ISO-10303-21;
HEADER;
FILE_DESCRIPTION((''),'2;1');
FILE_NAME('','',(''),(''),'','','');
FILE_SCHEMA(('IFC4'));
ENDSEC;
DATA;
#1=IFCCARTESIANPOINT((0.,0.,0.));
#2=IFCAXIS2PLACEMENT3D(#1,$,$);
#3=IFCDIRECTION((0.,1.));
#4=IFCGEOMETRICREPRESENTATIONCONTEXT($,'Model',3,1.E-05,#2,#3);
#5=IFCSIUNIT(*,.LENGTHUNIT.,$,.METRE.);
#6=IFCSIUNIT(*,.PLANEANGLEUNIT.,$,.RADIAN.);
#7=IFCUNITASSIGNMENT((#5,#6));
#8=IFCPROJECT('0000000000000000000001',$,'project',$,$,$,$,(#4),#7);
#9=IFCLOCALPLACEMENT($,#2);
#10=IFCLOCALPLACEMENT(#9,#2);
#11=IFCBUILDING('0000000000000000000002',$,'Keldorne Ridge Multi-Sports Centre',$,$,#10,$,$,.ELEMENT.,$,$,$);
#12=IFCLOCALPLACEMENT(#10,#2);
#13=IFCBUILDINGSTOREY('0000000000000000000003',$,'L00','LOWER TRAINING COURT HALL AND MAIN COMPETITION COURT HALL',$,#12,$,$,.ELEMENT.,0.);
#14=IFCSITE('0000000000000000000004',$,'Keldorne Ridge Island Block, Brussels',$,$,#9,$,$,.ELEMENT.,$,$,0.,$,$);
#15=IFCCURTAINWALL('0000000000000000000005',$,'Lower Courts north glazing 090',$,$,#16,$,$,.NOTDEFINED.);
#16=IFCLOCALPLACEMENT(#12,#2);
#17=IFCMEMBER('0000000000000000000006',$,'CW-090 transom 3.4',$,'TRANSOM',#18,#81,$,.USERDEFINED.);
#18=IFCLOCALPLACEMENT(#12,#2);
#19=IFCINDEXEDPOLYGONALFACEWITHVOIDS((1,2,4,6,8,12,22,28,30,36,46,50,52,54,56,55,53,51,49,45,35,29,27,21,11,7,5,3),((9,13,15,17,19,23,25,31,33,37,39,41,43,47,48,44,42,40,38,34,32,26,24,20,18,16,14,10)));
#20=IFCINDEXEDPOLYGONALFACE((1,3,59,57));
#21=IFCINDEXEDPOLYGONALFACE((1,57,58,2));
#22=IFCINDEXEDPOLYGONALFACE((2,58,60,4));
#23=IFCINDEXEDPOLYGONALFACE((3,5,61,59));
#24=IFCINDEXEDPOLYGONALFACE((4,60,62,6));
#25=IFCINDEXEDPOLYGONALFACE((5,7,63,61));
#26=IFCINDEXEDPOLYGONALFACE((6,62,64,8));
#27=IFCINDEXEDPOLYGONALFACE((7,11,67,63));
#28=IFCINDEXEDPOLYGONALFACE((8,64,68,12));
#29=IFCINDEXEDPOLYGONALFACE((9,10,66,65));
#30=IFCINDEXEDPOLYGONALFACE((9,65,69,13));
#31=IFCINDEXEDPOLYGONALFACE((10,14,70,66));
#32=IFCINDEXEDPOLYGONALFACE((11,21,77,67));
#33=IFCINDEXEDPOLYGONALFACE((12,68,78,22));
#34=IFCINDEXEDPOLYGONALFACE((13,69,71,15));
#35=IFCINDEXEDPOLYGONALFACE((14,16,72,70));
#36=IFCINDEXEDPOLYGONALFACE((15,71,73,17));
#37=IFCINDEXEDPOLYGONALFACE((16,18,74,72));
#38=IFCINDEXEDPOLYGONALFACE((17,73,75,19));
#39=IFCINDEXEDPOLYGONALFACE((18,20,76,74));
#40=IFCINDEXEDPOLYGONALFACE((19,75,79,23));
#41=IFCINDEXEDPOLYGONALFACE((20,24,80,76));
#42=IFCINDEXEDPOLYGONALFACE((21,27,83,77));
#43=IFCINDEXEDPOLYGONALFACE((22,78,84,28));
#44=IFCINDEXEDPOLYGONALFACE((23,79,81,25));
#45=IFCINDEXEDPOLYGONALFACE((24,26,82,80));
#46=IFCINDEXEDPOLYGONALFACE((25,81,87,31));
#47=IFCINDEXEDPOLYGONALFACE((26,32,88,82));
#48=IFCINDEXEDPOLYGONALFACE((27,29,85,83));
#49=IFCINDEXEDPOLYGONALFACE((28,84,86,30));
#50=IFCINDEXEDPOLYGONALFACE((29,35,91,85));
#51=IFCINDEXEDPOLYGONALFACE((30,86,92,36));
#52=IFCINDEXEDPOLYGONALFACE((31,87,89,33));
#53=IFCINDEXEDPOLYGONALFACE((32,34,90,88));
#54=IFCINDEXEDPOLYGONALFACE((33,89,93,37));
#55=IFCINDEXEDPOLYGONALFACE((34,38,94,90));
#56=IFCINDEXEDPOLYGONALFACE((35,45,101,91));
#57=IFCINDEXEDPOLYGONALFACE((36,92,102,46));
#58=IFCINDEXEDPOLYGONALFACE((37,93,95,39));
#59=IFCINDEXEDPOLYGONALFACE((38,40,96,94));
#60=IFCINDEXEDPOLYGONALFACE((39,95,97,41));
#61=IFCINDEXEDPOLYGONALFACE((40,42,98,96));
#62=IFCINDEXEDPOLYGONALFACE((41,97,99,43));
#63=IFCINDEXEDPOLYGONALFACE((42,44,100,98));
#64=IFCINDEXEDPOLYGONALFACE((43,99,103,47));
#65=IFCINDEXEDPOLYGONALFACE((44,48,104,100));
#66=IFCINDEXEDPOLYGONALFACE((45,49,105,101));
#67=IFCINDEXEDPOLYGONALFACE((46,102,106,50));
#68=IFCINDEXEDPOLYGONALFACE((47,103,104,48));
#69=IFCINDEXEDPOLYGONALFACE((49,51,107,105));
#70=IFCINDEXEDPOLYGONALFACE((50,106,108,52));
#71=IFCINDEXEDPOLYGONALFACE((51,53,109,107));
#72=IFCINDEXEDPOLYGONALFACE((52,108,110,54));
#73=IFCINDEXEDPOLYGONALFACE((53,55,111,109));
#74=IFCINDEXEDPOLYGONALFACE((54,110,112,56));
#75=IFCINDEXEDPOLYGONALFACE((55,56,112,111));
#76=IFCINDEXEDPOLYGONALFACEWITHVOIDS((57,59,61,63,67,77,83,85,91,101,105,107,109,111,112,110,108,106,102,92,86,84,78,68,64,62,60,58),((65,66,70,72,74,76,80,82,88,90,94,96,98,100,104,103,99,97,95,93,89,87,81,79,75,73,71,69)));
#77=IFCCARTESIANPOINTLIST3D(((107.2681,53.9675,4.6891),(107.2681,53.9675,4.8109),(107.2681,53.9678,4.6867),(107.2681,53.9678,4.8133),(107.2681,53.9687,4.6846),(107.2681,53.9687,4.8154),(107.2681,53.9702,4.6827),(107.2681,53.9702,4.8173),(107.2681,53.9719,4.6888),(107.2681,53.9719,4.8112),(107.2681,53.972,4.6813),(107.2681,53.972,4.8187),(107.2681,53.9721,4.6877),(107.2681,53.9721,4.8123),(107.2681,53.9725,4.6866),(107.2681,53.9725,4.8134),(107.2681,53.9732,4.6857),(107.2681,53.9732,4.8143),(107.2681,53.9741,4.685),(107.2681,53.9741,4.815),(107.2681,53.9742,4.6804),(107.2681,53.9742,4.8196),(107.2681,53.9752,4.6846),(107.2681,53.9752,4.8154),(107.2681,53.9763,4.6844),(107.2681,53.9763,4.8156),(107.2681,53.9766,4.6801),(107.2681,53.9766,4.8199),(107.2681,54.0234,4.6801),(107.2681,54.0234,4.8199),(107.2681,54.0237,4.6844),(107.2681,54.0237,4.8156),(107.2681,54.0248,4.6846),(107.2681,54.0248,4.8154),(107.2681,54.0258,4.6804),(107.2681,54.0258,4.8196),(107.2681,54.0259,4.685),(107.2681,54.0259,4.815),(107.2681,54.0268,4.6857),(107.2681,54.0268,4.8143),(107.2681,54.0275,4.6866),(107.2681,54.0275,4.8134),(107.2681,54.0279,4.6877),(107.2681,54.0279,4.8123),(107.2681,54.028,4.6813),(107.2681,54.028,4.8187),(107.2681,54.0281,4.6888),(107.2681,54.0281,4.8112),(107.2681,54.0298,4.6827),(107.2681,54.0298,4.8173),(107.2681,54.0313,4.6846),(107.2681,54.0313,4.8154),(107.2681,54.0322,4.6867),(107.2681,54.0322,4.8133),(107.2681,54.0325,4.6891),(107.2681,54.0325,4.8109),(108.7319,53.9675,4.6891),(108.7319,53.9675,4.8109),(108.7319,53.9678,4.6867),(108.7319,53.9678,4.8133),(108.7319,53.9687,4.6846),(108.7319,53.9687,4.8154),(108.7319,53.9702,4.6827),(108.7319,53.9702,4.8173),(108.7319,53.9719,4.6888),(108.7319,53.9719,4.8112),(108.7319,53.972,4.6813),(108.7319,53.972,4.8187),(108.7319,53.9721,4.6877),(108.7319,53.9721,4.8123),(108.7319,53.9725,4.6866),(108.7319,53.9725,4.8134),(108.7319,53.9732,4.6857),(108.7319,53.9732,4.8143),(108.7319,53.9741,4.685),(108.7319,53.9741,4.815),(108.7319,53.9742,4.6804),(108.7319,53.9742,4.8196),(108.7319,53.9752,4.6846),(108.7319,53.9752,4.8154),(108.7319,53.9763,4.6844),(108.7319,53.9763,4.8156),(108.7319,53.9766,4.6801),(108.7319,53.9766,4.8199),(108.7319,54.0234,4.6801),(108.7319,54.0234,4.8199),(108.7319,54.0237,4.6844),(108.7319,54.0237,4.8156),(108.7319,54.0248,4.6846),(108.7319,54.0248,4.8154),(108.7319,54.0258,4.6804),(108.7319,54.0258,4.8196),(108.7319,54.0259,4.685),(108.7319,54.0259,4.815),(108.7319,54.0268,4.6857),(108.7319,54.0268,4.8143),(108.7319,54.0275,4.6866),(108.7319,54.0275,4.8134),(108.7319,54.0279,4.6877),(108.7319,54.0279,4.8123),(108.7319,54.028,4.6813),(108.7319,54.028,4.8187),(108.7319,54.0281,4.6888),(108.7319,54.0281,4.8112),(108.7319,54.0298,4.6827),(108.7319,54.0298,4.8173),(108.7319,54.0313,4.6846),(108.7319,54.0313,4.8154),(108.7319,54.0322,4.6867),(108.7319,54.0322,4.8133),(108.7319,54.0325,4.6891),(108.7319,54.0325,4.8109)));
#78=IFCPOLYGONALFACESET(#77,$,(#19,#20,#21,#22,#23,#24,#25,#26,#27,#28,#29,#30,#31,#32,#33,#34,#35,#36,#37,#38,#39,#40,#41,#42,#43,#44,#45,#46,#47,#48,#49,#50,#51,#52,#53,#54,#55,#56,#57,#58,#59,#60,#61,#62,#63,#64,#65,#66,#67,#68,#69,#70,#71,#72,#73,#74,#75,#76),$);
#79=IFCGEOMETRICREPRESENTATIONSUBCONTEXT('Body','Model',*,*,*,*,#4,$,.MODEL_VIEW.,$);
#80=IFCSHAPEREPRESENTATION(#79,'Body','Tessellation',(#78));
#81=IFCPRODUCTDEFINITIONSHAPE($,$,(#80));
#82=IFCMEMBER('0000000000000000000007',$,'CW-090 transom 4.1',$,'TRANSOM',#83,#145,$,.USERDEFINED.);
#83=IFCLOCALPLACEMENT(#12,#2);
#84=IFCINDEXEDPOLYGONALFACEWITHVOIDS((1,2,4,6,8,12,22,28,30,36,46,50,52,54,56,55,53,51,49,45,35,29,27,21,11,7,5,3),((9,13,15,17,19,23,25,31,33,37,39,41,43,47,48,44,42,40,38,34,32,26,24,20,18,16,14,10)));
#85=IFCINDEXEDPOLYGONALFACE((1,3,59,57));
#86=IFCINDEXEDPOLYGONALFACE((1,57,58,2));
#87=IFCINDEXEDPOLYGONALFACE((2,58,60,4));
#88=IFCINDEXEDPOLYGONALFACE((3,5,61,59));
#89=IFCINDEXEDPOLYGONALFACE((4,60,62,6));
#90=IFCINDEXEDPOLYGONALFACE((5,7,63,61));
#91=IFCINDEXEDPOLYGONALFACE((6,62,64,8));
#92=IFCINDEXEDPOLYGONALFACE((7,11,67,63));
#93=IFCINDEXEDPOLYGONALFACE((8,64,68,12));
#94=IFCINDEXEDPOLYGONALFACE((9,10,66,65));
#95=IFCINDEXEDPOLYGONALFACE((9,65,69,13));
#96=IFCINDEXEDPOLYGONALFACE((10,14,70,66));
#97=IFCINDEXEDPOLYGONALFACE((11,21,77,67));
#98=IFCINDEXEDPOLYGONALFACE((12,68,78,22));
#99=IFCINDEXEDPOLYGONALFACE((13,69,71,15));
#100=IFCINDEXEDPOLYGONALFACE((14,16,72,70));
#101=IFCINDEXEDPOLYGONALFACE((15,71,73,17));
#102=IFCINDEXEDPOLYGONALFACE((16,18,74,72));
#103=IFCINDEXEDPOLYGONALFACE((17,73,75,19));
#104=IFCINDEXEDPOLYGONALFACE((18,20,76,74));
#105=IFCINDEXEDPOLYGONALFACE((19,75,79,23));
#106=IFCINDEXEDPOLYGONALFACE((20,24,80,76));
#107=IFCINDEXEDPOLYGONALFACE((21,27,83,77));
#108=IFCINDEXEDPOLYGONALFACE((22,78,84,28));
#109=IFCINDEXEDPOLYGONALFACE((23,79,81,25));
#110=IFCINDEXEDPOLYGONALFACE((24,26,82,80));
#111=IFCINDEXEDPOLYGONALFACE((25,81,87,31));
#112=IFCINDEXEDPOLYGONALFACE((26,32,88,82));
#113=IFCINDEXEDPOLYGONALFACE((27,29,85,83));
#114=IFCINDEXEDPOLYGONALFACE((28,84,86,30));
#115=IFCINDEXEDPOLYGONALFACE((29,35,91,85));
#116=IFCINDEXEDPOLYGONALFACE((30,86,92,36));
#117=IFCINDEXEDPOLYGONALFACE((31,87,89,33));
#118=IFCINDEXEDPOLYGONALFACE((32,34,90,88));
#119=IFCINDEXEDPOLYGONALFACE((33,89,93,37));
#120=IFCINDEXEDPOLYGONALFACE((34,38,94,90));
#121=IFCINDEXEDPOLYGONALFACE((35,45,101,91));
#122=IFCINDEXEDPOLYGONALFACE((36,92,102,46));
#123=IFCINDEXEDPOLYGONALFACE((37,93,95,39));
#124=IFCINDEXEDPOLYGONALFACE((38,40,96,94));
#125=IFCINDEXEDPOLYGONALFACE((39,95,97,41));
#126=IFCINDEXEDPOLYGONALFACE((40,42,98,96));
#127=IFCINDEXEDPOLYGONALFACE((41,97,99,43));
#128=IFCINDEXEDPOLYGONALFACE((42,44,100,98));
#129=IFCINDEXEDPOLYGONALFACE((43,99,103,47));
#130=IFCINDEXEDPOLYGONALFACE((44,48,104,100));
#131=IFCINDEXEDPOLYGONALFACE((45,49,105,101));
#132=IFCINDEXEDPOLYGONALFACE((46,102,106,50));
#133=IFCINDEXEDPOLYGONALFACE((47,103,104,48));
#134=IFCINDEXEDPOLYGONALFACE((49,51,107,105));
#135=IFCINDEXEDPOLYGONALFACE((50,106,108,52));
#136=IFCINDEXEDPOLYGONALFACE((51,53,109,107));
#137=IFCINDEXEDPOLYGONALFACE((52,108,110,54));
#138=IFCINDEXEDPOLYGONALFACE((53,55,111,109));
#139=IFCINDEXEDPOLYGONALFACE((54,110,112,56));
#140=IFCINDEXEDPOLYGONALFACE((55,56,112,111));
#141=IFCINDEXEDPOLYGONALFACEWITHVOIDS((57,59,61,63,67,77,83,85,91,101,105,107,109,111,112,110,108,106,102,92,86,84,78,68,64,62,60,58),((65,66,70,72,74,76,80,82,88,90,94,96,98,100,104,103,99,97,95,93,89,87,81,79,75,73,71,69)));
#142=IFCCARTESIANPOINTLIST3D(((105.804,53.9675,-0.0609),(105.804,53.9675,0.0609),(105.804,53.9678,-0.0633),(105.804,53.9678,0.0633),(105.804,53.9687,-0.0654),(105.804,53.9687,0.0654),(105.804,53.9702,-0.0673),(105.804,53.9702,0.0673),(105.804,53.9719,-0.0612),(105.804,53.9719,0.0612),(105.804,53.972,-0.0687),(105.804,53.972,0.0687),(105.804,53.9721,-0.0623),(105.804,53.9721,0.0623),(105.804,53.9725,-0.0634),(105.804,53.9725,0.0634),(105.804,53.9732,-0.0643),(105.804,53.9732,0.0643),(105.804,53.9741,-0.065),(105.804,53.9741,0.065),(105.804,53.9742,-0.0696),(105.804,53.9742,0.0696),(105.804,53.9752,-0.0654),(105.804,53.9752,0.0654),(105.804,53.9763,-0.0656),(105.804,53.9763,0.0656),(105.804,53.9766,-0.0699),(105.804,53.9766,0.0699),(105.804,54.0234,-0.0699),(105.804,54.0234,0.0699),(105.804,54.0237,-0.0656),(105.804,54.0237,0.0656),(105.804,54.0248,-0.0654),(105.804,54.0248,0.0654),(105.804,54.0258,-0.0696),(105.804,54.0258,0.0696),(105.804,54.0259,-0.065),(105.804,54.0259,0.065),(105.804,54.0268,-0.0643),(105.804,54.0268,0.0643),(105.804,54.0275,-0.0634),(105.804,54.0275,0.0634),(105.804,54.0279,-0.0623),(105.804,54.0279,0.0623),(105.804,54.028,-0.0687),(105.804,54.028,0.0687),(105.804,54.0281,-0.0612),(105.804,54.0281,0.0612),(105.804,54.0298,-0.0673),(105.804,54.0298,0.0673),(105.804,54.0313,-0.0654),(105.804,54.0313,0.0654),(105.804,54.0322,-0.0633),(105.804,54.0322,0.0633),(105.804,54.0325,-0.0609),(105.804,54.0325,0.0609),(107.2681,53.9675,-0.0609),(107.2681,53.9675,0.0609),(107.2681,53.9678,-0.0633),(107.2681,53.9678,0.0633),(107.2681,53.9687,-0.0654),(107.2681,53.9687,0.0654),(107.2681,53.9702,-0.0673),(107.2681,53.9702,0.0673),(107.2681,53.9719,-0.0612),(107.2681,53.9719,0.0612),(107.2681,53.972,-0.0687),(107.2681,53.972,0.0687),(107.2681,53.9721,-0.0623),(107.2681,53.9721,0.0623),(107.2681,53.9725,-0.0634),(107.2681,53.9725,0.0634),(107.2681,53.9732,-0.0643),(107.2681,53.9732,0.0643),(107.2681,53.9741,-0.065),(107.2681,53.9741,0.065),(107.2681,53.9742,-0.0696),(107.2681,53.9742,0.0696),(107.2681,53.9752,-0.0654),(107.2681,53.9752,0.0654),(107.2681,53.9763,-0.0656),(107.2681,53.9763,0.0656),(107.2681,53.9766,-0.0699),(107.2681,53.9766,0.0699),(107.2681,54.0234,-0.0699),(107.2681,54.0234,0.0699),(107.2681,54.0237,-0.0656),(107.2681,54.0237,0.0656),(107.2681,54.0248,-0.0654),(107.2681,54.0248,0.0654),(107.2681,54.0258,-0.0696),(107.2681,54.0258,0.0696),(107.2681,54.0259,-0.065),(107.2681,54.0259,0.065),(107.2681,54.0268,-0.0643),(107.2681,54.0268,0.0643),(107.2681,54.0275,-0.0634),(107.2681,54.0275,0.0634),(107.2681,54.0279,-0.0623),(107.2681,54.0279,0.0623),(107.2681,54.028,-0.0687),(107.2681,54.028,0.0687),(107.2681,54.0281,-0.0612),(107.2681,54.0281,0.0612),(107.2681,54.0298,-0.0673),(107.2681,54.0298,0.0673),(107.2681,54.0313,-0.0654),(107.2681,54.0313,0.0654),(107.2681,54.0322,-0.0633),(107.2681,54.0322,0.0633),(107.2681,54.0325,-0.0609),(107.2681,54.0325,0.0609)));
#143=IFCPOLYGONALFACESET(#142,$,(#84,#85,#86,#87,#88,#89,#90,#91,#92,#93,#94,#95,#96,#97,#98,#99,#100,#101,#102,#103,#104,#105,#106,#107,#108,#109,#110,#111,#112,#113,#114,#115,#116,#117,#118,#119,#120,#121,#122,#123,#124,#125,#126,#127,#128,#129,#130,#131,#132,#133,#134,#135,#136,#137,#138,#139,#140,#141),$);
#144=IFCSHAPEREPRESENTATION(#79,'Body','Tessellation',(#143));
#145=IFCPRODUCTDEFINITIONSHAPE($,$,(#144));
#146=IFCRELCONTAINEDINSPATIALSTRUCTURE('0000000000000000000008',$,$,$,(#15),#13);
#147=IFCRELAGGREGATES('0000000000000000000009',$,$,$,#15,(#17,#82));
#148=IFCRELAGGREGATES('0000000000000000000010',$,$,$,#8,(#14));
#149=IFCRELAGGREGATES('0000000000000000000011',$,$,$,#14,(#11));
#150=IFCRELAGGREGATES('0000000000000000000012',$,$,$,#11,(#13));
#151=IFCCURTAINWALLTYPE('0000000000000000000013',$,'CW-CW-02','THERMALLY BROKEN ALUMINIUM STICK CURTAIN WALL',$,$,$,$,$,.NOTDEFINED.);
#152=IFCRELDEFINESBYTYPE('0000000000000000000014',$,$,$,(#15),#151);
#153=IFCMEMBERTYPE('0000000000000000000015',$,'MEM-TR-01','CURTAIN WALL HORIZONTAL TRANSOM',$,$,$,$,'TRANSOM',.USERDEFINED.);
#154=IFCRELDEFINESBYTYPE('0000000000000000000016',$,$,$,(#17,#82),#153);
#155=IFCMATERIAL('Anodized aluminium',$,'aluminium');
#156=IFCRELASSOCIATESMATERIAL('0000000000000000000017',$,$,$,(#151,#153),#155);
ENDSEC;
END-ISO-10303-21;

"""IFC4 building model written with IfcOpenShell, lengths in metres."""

from ifc_helpers import new_model, si_unit, direction, frame, origin, origin_2d, place, context, subcontext, project, spatial, hollow_rectangle, extrude, material, material_profile, profile_set, type_object, element, aggregate, save


model = new_model("IFC4")

# Units and contexts
model_context = context("Model", 3, precision=1e-05, world=origin(), true_north=direction((0.0, 1.0)))
body_context = subcontext(model_context, "Body", "Model", "MODEL_VIEW")
ifc_project = project(units=[si_unit("LENGTHUNIT", "METRE"), si_unit("PLANEANGLEUNIT", "RADIAN")], contexts=[model_context])

# Site, building, storey
site_placement = place(None, origin())
site = spatial("IfcSite", under=ifc_project, at=site_placement, Name="Keldorne Ridge Island Block, Brussels", CompositionType="ELEMENT", RefElevation=0.0)
building_placement = place(site_placement, origin())
building = spatial("IfcBuilding", under=site, at=building_placement, Name="Keldorne Ridge Multi-Sports Centre", CompositionType="ELEMENT")
storey_placement = place(building_placement, origin())
storey = spatial("IfcBuildingStorey", under=building, at=storey_placement, Name="L00", Description="LOWER TRAINING COURT HALL AND MAIN COMPETITION COURT HALL", CompositionType="ELEMENT", Elevation=0.0)

# Curtain wall
ifc_material_1 = material(Name="Anodized aluminium", Category="aluminium")
curtain_wall_type_1 = type_object("IfcCurtainWallType", Name="CW-CW-02", Description="THERMALLY BROKEN ALUMINIUM STICK CURTAIN WALL", PredefinedType="NOTDEFINED", material=ifc_material_1)
curtain_wall_1_placement = place(storey_placement, origin())
curtain_wall_1 = element("IfcCurtainWall", 1, at=curtain_wall_1_placement, inside=storey, type_object=curtain_wall_type_1, Name="Lower Courts north glazing 090", PredefinedType="NOTDEFINED")

# Members
ifc_material_profile_1 = material_profile(ifc_material_1, hollow_rectangle(XDim=0.0649, YDim=0.1399, WallThickness=0.0044, InnerFilletRadius=0.0044, OuterFilletRadius=0.009, at=origin_2d()), Name="ALU TRANSOM 140x65x4.5")
ifc_profile_set_1 = profile_set([ifc_material_profile_1], Name="Anodized aluminium")
member_type_1 = type_object("IfcMemberType", Name="MEM-TR-01", Description="CURTAIN WALL HORIZONTAL TRANSOM", ElementType="TRANSOM", PredefinedType="USERDEFINED", material=ifc_profile_set_1)
member_1_placement = place(storey_placement, frame((108.7319, 54.0, 4.75), z_axis=(-1.0, 0.0, 0.0), x_axis=(0.0, -1.0, 0.0)))
member_1 = element("IfcMember", 2, at=member_1_placement, type_object=member_type_1, Name="CW-090 transom 3.4", ObjectType="TRANSOM", PredefinedType="USERDEFINED", context=body_context, shape_type="SweptSolid", body=[
    extrude(hollow_rectangle(XDim=0.0649, YDim=0.1399, WallThickness=0.0044, InnerFilletRadius=0.0044, OuterFilletRadius=0.009, at=origin_2d()), origin(), (0.0, 0.0, 1.0), 1.4639),
])
member_2_placement = place(storey_placement, frame((107.2681, 54.0, 0.0), z_axis=(-1.0, 0.0, 0.0), x_axis=(0.0, -1.0, 0.0)))
member_2 = element("IfcMember", 3, at=member_2_placement, type_object=member_type_1, Name="CW-090 transom 4.1", ObjectType="TRANSOM", PredefinedType="USERDEFINED", context=body_context, shape_type="SweptSolid", body=[
    extrude(hollow_rectangle(XDim=0.0649, YDim=0.1399, WallThickness=0.0044, InnerFilletRadius=0.0044, OuterFilletRadius=0.009, at=origin_2d()), origin(), (0.0, 0.0, 1.0), 1.4641),
])

aggregate(curtain_wall_1, [member_1, member_2])

save(model, "model.ifc")
